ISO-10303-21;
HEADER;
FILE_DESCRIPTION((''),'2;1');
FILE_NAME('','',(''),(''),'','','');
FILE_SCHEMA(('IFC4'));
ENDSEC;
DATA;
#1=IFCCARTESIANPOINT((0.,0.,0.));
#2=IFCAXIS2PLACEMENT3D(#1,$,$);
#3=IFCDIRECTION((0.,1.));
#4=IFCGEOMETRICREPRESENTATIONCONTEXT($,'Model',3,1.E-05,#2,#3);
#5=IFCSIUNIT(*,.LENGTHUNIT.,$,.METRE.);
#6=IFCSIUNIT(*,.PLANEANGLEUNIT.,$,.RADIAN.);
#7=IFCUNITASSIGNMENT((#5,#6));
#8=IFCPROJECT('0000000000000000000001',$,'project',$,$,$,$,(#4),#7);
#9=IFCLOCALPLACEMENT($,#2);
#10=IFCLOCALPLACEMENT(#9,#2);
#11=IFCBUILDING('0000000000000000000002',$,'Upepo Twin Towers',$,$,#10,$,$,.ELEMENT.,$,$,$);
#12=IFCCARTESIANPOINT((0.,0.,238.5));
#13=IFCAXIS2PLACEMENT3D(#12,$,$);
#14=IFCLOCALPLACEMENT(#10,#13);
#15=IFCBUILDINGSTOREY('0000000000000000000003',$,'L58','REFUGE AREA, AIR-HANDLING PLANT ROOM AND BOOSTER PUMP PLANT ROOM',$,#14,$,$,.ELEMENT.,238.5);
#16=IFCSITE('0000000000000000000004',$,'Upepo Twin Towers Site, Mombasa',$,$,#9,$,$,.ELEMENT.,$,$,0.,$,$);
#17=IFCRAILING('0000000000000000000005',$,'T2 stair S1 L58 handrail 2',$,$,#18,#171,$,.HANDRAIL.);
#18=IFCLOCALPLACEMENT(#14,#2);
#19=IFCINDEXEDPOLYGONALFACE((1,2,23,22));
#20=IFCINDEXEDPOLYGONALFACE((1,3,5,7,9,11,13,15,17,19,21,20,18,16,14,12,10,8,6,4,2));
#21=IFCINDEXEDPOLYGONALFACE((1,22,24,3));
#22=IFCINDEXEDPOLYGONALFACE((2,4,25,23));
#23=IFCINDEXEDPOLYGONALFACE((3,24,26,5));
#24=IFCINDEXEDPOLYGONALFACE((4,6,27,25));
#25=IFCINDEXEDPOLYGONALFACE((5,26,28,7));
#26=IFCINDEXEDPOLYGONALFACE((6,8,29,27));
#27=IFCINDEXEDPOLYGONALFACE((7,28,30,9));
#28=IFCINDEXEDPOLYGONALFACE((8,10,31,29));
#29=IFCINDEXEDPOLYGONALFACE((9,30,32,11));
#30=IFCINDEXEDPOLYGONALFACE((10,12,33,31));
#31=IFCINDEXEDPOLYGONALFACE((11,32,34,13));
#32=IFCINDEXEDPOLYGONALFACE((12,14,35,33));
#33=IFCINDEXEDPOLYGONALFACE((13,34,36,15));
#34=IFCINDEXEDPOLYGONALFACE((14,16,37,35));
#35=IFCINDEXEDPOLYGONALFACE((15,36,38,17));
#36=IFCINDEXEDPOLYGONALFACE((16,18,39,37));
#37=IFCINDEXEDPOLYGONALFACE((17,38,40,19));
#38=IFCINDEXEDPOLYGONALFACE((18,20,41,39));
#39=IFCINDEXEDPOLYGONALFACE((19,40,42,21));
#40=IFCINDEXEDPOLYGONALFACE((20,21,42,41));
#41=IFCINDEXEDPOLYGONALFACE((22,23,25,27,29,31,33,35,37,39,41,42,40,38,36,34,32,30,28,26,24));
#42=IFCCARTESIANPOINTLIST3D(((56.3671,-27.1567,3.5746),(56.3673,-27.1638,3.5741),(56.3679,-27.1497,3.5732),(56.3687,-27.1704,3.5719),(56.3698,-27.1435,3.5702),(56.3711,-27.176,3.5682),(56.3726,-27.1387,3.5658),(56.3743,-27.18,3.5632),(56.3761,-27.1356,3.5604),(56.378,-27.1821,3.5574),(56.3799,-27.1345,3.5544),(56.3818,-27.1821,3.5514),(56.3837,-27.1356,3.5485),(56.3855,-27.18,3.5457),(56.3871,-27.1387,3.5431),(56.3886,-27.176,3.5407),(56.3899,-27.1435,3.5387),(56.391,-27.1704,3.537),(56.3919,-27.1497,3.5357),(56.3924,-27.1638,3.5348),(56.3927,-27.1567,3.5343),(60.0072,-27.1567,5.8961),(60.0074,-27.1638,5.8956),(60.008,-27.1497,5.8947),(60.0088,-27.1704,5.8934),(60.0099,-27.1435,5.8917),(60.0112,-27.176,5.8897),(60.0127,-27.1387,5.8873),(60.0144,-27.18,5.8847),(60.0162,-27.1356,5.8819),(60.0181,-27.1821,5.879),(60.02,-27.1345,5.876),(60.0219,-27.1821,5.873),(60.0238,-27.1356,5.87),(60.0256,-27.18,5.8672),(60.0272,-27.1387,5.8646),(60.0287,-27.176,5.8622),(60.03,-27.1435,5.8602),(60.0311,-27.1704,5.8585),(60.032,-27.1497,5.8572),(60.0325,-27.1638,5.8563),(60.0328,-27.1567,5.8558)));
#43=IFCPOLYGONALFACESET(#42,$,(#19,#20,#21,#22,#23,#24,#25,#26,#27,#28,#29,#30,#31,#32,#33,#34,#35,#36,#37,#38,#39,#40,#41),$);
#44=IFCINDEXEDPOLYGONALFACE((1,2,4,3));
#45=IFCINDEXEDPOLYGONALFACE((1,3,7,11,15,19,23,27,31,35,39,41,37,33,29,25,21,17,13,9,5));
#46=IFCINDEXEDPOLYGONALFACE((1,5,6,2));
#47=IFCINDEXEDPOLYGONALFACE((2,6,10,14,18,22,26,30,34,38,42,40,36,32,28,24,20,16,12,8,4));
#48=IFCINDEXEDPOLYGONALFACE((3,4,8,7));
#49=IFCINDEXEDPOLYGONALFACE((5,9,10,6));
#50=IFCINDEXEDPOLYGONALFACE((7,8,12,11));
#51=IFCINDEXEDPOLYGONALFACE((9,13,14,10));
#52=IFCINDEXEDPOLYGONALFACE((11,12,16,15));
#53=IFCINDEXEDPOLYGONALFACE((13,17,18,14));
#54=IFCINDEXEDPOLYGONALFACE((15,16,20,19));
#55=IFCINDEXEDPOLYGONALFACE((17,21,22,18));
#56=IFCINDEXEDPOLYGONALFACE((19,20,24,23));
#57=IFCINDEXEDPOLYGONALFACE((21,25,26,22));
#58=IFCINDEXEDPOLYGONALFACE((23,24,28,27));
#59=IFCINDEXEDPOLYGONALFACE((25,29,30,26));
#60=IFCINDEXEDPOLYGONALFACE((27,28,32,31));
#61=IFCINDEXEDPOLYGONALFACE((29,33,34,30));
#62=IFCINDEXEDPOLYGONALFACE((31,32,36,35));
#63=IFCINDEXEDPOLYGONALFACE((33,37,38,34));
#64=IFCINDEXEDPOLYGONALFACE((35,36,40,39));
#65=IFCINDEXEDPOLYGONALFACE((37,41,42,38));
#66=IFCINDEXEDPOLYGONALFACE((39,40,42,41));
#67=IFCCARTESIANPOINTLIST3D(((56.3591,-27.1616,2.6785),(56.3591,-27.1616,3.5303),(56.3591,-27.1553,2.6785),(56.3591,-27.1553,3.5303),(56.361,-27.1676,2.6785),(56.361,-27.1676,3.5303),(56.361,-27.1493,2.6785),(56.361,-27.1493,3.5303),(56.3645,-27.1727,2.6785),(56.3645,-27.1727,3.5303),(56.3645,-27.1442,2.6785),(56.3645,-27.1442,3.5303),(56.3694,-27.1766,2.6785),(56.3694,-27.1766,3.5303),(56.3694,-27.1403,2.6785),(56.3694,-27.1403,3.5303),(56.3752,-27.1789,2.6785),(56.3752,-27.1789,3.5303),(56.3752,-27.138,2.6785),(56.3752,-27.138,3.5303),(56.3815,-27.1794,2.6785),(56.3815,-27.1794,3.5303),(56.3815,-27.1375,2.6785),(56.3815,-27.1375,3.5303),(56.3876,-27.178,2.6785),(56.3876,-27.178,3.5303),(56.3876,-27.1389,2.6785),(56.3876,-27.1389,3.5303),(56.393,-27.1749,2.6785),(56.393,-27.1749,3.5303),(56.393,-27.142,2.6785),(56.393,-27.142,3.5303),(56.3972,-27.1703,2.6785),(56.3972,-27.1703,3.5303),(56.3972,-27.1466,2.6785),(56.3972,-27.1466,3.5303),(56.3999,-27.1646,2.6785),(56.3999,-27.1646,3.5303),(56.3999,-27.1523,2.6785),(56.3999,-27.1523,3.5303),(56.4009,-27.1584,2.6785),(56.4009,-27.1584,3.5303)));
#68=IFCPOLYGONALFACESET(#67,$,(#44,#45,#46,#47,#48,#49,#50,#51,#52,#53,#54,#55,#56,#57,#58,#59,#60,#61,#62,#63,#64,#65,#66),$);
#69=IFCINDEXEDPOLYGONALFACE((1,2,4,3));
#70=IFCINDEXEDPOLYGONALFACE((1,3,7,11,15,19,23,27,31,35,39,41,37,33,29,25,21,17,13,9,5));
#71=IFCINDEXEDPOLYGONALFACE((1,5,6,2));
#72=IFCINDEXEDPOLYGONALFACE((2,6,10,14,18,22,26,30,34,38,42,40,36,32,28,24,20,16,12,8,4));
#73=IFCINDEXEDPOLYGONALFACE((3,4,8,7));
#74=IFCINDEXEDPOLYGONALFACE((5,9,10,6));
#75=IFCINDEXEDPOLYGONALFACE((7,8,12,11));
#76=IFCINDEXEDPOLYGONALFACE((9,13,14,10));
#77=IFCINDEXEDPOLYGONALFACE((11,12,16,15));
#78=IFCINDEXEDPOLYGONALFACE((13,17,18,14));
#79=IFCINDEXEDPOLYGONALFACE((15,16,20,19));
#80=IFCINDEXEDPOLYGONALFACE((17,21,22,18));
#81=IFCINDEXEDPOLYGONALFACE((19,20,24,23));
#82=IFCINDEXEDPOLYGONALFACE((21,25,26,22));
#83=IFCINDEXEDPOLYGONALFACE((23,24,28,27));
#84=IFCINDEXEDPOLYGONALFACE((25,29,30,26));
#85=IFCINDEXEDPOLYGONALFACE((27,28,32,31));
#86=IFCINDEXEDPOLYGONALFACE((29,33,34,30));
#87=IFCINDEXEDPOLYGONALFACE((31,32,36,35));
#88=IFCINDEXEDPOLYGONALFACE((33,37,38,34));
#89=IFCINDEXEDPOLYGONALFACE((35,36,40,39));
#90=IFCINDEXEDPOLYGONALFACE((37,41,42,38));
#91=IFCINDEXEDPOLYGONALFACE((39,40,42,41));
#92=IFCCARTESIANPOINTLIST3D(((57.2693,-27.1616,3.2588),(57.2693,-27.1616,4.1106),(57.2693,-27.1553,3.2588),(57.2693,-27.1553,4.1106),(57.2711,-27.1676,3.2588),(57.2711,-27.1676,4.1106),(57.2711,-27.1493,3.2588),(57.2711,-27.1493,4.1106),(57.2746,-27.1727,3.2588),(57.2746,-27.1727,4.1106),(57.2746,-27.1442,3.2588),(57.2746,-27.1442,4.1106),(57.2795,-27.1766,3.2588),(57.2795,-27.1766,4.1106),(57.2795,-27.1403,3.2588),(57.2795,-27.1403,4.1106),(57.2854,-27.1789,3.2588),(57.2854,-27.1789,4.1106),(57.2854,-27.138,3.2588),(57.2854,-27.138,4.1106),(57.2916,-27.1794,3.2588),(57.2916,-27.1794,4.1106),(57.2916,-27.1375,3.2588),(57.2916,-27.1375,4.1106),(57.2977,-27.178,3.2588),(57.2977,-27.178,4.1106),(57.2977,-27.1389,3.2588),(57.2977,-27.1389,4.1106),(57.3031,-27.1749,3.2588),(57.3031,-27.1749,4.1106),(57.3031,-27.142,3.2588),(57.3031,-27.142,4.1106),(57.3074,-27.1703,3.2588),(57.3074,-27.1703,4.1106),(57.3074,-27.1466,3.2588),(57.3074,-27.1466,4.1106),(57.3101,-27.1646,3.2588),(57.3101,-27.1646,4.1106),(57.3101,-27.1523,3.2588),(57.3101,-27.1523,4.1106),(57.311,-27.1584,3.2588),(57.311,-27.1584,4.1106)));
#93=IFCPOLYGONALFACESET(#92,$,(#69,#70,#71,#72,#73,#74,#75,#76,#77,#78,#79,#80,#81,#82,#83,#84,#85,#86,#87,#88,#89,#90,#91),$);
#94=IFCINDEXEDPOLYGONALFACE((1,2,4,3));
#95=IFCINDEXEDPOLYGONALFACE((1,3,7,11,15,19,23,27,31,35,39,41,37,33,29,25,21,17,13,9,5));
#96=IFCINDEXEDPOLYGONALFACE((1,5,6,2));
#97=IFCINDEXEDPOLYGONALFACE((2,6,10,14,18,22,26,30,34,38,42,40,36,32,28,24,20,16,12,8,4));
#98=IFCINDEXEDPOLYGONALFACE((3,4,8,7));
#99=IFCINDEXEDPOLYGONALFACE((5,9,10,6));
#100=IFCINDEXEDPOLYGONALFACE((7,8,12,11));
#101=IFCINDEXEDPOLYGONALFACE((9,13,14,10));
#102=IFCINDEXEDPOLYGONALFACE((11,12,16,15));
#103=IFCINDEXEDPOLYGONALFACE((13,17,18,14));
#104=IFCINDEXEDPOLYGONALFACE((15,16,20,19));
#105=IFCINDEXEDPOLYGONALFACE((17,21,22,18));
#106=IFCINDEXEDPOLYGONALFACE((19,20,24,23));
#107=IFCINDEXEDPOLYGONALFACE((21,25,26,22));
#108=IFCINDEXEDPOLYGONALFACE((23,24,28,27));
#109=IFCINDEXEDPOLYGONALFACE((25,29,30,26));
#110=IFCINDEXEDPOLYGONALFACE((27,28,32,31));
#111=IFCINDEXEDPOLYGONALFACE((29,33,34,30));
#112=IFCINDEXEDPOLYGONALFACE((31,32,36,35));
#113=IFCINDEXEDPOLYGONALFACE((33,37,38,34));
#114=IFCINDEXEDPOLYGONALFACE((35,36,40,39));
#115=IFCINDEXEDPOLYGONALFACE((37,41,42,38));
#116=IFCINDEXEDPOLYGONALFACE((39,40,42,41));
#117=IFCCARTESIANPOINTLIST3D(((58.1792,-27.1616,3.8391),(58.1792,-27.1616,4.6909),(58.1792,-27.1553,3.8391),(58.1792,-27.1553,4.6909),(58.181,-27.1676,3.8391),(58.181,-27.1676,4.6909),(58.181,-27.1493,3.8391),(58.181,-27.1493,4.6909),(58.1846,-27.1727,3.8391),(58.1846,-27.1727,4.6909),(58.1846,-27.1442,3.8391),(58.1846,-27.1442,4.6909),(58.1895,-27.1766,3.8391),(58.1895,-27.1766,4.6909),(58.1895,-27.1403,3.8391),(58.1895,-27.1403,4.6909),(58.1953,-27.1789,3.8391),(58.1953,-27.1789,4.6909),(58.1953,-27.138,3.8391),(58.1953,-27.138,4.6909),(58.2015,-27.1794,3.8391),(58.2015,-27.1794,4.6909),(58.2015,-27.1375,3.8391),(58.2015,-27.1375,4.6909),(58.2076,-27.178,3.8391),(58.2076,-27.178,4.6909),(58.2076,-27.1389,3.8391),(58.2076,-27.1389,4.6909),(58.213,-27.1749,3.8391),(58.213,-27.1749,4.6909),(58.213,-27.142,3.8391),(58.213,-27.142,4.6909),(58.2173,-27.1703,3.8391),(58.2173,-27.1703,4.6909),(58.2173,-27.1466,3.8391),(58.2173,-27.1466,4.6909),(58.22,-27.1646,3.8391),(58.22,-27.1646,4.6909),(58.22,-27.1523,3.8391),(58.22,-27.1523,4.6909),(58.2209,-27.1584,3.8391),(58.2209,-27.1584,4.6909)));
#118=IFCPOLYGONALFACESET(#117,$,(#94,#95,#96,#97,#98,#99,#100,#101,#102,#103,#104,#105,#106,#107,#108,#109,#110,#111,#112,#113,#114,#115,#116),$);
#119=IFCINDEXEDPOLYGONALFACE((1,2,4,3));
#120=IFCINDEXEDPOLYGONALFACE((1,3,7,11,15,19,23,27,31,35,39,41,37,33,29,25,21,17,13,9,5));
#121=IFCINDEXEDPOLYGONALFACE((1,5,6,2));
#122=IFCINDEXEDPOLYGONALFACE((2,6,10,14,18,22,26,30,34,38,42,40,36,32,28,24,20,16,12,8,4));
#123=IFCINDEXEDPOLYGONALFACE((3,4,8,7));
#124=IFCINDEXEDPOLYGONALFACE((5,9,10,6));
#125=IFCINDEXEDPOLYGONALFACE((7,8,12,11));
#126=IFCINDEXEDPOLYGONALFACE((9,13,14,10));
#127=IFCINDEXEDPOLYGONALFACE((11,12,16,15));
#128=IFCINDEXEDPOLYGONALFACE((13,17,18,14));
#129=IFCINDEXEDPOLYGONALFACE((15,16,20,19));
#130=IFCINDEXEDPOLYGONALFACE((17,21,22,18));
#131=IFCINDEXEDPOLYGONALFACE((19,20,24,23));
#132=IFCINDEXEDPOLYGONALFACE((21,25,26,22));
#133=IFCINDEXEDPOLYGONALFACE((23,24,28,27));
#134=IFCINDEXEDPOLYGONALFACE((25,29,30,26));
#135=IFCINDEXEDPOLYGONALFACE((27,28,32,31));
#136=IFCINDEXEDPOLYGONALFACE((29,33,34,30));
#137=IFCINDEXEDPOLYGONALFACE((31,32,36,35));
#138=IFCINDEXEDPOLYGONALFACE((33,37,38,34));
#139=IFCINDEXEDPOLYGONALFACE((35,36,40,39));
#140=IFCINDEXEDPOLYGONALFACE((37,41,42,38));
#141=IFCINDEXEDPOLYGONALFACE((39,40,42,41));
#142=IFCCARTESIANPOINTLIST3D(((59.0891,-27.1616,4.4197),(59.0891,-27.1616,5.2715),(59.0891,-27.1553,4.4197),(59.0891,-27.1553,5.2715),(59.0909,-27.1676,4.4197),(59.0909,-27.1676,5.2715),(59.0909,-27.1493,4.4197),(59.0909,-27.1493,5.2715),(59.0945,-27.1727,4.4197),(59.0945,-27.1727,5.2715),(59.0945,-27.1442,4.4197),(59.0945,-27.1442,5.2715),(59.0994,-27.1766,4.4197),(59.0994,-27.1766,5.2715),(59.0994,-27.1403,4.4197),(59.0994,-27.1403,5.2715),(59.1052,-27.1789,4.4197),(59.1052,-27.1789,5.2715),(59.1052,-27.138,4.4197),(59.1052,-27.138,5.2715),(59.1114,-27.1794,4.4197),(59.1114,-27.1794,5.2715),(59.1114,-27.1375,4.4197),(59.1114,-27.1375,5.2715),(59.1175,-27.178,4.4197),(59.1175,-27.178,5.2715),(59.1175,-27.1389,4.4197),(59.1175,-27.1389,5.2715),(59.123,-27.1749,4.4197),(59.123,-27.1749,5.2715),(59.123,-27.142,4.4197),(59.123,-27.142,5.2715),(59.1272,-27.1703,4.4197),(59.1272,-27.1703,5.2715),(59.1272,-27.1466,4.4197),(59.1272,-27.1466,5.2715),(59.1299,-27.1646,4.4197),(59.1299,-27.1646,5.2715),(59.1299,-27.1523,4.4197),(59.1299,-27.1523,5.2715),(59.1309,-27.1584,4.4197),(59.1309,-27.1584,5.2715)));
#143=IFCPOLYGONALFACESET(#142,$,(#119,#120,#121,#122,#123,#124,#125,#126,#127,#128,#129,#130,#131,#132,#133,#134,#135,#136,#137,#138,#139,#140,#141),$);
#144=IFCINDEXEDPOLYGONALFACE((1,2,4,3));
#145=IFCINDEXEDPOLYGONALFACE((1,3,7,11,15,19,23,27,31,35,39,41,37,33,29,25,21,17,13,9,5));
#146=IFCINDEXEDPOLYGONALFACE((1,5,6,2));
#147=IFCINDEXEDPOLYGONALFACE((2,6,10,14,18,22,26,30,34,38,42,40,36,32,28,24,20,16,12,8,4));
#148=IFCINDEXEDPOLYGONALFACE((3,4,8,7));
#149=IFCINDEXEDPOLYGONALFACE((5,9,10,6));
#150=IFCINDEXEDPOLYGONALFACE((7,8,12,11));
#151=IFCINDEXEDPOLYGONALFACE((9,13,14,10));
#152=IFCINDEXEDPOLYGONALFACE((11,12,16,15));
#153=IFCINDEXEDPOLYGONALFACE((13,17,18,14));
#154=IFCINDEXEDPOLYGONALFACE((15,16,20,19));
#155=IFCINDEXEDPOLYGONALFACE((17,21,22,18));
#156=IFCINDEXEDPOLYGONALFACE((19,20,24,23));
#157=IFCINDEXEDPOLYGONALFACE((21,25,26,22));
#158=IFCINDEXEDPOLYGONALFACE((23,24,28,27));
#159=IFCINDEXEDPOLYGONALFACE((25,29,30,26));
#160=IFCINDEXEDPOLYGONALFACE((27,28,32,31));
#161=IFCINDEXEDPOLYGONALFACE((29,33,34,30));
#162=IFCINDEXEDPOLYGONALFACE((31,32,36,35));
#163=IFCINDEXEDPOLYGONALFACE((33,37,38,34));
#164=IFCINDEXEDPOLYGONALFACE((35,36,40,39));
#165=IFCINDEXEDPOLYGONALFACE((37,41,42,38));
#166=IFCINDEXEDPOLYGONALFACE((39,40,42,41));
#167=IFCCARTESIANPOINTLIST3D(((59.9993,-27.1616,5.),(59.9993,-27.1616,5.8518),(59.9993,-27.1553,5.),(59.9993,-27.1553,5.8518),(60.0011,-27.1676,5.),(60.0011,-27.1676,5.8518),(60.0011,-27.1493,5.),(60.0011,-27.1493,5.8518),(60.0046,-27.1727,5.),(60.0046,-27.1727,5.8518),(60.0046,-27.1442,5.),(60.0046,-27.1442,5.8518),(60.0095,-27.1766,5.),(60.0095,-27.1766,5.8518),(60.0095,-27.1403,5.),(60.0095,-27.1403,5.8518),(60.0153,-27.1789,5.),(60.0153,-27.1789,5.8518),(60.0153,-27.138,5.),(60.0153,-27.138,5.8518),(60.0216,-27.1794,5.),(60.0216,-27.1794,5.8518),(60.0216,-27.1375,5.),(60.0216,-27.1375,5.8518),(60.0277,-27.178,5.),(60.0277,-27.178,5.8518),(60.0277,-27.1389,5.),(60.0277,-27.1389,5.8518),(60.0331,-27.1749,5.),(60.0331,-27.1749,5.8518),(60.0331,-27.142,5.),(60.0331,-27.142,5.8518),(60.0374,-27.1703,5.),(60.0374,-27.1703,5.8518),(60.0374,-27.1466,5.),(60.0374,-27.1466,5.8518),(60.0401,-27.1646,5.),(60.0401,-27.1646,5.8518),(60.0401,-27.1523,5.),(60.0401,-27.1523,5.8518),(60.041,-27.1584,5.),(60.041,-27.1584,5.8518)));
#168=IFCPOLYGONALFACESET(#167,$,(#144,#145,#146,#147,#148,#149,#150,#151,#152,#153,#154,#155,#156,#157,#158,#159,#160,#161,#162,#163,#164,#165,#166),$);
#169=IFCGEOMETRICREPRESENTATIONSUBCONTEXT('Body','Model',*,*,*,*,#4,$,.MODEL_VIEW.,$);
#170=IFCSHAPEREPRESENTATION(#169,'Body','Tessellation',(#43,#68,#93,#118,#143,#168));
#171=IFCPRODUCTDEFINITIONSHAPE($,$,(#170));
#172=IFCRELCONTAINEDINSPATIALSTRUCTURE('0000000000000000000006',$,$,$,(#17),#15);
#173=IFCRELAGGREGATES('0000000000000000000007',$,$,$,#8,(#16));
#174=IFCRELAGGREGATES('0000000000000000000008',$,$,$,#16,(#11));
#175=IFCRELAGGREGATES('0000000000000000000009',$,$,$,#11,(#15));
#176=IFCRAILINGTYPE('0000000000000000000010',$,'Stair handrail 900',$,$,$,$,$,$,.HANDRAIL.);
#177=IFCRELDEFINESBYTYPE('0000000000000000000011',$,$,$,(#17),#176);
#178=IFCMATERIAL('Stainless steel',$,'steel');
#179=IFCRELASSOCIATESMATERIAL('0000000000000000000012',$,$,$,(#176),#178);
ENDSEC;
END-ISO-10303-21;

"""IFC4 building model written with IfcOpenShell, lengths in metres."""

from ifc_helpers import new_model, si_unit, direction, frame, origin, origin_2d, place, context, subcontext, project, spatial, circle, extrude, material, type_object, element, save


model = new_model("IFC4")

# Units and contexts
model_context = context("Model", 3, precision=1e-05, world=origin(), true_north=direction((0.0, 1.0)))
body_context = subcontext(model_context, "Body", "Model", "MODEL_VIEW")
ifc_project = project(units=[si_unit("LENGTHUNIT", "METRE"), si_unit("PLANEANGLEUNIT", "RADIAN")], contexts=[model_context])

# Site, building, storey
site_placement = place(None, origin())
site = spatial("IfcSite", under=ifc_project, at=site_placement, Name="Upepo Twin Towers Site, Mombasa", CompositionType="ELEMENT", RefElevation=0.0)
building_placement = place(site_placement, origin())
building = spatial("IfcBuilding", under=site, at=building_placement, Name="Upepo Twin Towers", CompositionType="ELEMENT")
storey_placement = place(building_placement, frame((0.0, 0.0, 238.5)))
storey = spatial("IfcBuildingStorey", under=building, at=storey_placement, Name="L58", Description="REFUGE AREA, AIR-HANDLING PLANT ROOM AND BOOSTER PUMP PLANT ROOM", CompositionType="ELEMENT", Elevation=238.5)

# Railing
ifc_material_1 = material(Name="Stainless steel", Category="steel")
railing_type = type_object("IfcRailingType", Name="Stair handrail 900", PredefinedType="HANDRAIL", material=ifc_material_1)
railing_1_placement = place(storey_placement, frame((56.3799, -27.1584, 2.6785)))
element("IfcRailing", 1, at=railing_1_placement, inside=storey, type_object=railing_type, Name="T2 stair S1 L58 handrail 2", PredefinedType="HANDRAIL", context=body_context, shape_type="SweptSolid", body=[
    extrude(circle(Radius=0.0239, at=origin_2d()), frame((0.0, 0.0, 0.876), z_axis=(0.843128, 0.0, 0.537713), x_axis=(0.0, 1.0, 0.0)), (0.0, 0.0, 1.0), 4.3174),
    extrude(circle(Radius=0.021, at=origin_2d()), origin(), (0.0, 0.0, 1.0), 0.8518),
    extrude(circle(Radius=0.021, at=origin_2d()), frame((0.9102, 0.0, 0.5803)), (0.0, 0.0, 1.0), 0.8518),
    extrude(circle(Radius=0.021, at=origin_2d()), frame((1.8201, 0.0, 1.1606)), (0.0, 0.0, 1.0), 0.8518),
    extrude(circle(Radius=0.021, at=origin_2d()), frame((2.73, 0.0, 1.7412)), (0.0, 0.0, 1.0), 0.8518),
    extrude(circle(Radius=0.021, at=origin_2d()), frame((3.6401, 0.0, 2.3215)), (0.0, 0.0, 1.0), 0.8518),
])

save(model, "model.ifc")
